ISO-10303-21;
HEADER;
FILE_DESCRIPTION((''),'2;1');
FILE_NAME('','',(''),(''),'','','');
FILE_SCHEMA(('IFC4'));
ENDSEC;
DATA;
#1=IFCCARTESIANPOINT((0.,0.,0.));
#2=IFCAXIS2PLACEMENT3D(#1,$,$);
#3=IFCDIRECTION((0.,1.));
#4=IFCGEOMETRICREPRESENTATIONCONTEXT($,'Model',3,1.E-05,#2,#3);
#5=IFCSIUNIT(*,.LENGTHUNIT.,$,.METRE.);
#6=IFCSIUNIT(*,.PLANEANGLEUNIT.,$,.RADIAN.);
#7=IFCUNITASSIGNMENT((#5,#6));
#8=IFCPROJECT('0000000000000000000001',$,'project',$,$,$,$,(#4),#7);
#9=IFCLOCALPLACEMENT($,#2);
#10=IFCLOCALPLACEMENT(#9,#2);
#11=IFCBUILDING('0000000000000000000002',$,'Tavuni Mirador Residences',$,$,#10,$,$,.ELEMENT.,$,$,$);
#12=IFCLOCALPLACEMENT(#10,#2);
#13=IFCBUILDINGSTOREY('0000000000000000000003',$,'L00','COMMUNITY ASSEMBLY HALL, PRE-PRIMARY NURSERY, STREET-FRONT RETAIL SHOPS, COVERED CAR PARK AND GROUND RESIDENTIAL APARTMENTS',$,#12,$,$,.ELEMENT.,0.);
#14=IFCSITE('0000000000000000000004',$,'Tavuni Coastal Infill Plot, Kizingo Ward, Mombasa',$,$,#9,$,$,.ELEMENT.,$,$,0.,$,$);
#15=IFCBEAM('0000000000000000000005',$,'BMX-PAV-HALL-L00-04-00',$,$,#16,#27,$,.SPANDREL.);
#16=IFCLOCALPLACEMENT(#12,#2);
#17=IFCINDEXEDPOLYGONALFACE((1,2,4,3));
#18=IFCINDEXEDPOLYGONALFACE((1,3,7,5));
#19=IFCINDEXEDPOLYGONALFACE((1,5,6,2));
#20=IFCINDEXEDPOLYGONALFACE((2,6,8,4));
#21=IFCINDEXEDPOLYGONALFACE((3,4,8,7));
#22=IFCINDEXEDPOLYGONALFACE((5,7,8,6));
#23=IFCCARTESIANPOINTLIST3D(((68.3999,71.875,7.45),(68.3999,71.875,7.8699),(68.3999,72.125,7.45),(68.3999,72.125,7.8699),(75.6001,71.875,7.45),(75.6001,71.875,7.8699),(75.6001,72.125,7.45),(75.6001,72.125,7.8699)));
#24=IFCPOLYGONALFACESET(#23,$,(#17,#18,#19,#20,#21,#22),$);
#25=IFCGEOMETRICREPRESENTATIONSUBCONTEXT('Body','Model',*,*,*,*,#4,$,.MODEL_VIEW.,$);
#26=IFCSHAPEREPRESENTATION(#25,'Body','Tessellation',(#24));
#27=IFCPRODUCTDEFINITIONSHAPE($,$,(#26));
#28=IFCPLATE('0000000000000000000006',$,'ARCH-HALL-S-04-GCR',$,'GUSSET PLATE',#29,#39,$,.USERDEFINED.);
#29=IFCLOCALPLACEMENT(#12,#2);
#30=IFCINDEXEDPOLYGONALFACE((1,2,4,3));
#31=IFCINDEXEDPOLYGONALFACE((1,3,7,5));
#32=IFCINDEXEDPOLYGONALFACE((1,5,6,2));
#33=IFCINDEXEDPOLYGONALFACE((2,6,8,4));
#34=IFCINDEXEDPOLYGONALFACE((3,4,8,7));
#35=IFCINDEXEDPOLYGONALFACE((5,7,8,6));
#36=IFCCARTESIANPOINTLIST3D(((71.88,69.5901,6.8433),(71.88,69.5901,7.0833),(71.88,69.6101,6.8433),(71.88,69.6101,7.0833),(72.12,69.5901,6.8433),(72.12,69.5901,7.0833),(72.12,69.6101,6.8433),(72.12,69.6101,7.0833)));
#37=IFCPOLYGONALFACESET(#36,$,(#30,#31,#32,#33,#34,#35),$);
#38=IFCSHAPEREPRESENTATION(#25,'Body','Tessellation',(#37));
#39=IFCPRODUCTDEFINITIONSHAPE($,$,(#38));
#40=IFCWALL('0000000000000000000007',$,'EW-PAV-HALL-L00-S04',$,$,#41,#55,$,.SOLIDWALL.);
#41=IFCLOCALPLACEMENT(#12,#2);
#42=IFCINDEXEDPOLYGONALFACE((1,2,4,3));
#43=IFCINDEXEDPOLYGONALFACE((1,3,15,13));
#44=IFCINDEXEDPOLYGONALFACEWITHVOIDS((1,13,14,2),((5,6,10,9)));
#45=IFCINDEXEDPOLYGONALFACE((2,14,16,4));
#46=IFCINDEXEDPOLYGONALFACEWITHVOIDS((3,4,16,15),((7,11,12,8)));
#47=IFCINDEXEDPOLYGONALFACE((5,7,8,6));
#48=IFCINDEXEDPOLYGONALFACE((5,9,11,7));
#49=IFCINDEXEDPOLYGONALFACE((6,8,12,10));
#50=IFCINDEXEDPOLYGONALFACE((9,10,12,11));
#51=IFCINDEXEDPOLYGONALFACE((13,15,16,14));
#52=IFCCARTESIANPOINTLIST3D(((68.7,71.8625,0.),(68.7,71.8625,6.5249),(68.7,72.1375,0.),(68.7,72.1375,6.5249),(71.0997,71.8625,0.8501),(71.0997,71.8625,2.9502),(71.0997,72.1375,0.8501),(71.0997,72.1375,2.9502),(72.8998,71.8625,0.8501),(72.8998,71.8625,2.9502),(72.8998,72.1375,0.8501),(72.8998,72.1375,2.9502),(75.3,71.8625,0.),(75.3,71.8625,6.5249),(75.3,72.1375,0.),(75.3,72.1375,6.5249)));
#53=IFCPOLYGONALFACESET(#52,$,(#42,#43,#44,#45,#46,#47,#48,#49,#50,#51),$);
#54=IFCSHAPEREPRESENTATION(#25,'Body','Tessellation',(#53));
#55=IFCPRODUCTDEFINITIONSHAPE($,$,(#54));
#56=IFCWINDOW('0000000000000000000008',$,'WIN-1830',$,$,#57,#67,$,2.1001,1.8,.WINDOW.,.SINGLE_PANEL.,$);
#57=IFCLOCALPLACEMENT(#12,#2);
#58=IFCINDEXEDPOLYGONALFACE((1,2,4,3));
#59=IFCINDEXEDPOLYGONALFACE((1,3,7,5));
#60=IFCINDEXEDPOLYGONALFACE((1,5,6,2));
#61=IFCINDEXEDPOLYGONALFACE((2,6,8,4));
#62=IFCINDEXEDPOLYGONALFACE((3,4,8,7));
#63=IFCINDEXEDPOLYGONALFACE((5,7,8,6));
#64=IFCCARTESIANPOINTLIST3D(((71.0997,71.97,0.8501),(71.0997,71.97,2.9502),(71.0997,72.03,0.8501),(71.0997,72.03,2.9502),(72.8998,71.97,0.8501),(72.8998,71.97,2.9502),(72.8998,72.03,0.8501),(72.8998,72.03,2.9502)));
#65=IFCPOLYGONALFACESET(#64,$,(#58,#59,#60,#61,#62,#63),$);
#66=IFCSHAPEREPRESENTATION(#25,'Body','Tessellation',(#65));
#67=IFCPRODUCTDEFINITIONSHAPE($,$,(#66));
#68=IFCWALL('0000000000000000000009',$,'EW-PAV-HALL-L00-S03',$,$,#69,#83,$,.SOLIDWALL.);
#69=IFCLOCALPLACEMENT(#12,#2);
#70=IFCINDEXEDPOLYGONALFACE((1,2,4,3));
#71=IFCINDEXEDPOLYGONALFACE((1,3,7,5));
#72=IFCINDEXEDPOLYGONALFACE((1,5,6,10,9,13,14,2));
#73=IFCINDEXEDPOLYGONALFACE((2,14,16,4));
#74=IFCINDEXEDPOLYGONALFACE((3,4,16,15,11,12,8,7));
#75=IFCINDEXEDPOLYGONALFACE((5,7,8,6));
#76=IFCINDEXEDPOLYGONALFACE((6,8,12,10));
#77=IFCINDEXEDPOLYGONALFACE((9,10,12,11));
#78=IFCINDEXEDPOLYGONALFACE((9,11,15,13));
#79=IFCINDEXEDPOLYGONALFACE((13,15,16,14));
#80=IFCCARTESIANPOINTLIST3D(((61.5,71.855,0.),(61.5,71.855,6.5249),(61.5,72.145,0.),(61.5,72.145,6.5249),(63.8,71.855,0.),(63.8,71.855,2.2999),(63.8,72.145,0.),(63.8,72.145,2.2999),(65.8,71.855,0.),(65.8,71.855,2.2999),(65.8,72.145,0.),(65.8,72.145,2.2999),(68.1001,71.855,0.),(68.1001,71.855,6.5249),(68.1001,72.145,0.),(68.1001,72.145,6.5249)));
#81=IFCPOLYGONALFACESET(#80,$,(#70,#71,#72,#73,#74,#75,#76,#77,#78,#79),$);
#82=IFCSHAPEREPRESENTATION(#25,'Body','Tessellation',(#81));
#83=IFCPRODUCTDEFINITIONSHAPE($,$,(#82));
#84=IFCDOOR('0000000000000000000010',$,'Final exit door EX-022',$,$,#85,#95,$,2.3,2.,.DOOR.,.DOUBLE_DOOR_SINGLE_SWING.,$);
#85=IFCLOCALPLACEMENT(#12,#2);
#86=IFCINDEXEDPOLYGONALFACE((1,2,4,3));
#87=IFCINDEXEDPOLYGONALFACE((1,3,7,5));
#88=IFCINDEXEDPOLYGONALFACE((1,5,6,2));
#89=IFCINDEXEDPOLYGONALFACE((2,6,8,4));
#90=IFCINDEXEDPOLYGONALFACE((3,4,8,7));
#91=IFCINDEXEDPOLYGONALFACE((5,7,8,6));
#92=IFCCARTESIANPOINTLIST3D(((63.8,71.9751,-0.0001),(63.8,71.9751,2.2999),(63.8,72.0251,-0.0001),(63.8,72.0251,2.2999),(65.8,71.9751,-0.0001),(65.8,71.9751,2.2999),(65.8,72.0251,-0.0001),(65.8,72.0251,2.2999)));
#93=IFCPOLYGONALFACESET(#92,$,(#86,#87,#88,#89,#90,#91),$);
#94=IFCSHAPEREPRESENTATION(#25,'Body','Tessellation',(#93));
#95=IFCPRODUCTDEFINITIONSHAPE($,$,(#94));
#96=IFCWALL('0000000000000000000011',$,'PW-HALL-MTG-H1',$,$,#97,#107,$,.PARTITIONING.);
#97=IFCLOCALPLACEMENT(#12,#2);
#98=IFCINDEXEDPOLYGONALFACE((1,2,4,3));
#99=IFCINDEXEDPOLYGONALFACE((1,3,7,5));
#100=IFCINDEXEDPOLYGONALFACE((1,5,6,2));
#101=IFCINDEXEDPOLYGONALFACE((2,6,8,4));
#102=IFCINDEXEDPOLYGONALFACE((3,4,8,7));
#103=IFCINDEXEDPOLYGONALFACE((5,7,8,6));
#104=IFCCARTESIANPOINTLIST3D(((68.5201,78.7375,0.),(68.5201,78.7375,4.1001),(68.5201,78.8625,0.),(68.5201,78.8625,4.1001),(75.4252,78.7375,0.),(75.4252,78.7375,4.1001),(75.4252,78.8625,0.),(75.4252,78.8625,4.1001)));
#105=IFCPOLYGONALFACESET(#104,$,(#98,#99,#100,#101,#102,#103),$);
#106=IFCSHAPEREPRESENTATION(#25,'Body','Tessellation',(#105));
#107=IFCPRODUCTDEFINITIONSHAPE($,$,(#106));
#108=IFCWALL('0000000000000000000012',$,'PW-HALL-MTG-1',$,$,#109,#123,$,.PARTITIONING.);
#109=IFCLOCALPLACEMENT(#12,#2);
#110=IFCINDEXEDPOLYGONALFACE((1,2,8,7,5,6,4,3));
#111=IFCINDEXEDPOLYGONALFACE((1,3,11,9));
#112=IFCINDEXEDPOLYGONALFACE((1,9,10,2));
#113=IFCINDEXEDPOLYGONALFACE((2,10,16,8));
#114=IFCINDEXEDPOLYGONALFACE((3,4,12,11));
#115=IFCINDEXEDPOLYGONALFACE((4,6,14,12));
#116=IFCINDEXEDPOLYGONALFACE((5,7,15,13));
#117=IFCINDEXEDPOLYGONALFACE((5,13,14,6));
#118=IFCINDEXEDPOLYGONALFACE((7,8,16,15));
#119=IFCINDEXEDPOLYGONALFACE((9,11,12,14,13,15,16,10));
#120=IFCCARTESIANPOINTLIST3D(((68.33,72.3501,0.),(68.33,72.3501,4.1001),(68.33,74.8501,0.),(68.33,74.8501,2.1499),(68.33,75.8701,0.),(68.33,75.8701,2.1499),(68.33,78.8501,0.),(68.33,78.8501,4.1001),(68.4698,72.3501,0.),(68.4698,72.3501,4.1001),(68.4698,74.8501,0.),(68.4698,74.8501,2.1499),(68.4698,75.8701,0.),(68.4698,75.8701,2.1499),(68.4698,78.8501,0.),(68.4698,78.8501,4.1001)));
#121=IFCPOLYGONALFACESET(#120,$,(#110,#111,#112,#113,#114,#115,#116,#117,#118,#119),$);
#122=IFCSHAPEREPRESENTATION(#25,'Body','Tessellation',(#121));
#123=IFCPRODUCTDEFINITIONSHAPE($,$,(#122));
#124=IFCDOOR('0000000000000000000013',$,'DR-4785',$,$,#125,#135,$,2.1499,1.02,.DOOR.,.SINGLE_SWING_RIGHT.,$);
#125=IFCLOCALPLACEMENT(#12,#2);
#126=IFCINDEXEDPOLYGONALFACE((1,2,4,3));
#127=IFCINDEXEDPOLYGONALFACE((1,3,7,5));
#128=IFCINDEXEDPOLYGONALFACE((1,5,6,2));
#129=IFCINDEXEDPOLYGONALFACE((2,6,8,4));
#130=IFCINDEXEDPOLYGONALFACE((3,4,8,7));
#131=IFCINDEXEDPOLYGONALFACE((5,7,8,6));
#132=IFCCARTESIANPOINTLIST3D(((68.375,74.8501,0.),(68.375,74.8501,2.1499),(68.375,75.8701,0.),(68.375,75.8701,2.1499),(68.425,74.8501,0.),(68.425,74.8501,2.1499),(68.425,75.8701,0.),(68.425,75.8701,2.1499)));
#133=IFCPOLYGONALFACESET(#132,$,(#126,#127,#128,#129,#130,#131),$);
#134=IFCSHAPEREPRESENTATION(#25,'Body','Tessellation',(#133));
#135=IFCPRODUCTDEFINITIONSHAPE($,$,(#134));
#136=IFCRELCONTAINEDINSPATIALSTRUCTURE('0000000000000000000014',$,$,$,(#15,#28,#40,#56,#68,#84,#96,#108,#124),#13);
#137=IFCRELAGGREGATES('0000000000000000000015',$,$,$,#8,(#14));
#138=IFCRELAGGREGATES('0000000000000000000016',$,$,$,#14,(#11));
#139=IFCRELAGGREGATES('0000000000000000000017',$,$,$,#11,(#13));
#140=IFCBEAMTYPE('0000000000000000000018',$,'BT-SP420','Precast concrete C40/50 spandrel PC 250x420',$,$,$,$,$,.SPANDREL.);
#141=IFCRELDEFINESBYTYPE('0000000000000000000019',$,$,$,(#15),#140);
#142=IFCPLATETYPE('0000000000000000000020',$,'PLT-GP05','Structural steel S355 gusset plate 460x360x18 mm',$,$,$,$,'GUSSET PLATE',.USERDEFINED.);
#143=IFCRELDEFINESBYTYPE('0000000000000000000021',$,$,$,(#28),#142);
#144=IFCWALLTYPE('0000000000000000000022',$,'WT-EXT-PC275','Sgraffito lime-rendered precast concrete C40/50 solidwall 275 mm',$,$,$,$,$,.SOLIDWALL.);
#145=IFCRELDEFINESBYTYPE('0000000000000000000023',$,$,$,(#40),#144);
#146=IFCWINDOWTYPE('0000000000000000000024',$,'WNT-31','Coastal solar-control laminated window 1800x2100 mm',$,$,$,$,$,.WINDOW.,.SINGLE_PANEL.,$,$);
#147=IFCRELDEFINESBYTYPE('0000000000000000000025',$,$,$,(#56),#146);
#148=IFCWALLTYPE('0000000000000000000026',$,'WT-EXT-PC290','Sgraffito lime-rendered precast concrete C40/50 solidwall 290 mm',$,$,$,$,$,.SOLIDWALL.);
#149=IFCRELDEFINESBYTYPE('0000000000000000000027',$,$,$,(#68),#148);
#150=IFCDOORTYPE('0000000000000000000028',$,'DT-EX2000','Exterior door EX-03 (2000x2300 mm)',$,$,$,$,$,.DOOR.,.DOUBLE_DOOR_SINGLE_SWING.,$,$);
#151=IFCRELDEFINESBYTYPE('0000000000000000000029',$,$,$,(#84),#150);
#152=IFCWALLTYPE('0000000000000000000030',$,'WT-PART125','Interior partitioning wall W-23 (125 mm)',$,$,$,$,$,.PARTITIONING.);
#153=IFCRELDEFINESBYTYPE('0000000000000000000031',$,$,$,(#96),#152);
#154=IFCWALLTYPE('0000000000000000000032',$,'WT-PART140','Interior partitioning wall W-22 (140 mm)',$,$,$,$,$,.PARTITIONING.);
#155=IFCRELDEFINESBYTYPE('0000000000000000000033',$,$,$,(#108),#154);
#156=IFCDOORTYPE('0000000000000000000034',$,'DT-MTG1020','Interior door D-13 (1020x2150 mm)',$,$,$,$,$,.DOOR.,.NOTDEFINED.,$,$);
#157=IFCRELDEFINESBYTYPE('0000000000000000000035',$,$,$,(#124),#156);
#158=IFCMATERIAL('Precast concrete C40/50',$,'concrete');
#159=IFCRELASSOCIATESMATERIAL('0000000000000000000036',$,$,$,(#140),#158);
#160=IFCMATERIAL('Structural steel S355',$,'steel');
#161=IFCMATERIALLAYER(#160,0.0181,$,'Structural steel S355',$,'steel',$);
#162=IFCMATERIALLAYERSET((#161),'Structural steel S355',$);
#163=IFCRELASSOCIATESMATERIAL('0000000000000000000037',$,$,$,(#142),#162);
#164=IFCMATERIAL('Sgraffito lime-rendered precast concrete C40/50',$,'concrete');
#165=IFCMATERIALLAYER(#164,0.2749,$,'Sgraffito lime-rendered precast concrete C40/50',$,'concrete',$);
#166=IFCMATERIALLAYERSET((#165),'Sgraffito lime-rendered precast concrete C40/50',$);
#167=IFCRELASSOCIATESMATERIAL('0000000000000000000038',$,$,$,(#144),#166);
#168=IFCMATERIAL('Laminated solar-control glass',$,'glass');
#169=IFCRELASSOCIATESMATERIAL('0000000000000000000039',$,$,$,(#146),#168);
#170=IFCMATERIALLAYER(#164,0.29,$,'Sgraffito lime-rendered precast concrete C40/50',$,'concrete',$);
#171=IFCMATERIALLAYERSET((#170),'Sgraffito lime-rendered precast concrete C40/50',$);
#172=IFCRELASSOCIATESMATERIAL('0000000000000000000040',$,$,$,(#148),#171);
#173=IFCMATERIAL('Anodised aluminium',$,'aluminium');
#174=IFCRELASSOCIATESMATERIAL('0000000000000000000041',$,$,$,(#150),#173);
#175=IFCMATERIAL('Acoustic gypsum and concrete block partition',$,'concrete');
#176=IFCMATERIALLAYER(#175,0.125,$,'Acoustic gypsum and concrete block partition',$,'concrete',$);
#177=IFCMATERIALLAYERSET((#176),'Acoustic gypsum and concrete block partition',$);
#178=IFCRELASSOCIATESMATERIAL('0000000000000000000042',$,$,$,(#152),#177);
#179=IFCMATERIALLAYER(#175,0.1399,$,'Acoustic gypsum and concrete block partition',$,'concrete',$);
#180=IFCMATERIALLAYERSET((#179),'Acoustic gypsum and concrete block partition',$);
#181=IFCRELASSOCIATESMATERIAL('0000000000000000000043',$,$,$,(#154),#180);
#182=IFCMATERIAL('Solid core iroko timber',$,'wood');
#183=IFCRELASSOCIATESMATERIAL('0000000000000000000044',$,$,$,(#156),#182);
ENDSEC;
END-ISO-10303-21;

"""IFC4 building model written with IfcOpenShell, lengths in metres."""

from ifc_helpers import new_model, si_unit, direction, frame, frame_2d, origin, origin_2d, place, context, subcontext, project, spatial, rectangle, extrude, material, layer, layer_set, material_profile, profile_set, type_object, element, fill, save


model = new_model("IFC4")

# Units and contexts
model_context = context("Model", 3, precision=1e-05, world=origin(), true_north=direction((0.0, 1.0)))
body_context = subcontext(model_context, "Body", "Model", "MODEL_VIEW")
ifc_project = project(units=[si_unit("LENGTHUNIT", "METRE"), si_unit("PLANEANGLEUNIT", "RADIAN")], contexts=[model_context])

# Site, building, storey
site_placement = place(None, origin())
site = spatial("IfcSite", under=ifc_project, at=site_placement, Name="Tavuni Coastal Infill Plot, Kizingo Ward, Mombasa", CompositionType="ELEMENT", RefElevation=0.0)
building_placement = place(site_placement, origin())
building = spatial("IfcBuilding", under=site, at=building_placement, Name="Tavuni Mirador Residences", CompositionType="ELEMENT")
storey_placement = place(building_placement, origin())
storey = spatial("IfcBuildingStorey", under=building, at=storey_placement, Name="L00", Description="COMMUNITY ASSEMBLY HALL, PRE-PRIMARY NURSERY, STREET-FRONT RETAIL SHOPS, COVERED CAR PARK AND GROUND RESIDENTIAL APARTMENTS", CompositionType="ELEMENT", Elevation=0.0)

# Shared definitions
ifc_material_1 = material(Name="Precast concrete C40/50", Category="concrete")
ifc_material_2 = material(Name="Structural steel S355", Category="steel")

# Beam
ifc_material_profile_1 = material_profile(ifc_material_1, rectangle(XDim=0.25, YDim=0.4199, at=origin_2d()), Name="PC 250x420", Category="concrete")
ifc_profile_set_1 = profile_set([ifc_material_profile_1], Name="Precast concrete C40/50")
beam_type_1 = type_object("IfcBeamType", Name="BT-SP420", Description="Precast concrete C40/50 spandrel PC 250x420", PredefinedType="SPANDREL", material=ifc_profile_set_1)
beam_1_placement = place(storey_placement, frame((68.3999, 72.0, 7.6599), z_axis=(1.0, 0.0, 0.0), x_axis=(0.0, 1.0, 0.0)))
element("IfcBeam", 1, at=beam_1_placement, inside=storey, type_object=beam_type_1, Name="BMX-PAV-HALL-L00-04-00", PredefinedType="SPANDREL", context=body_context, shape_type="SweptSolid", body=[
    extrude(rectangle(XDim=0.25, YDim=0.4199, at=origin_2d()), origin(), (0.0, 0.0, 1.0), 7.2002),
])

# Plate
ifc_layer_1 = layer(ifc_material_2, 0.0181, Name="Structural steel S355", Category="steel")
ifc_layer_set_1 = layer_set([ifc_layer_1], Name="Structural steel S355")
plate_type = type_object("IfcPlateType", Name="PLT-GP05", Description="Structural steel S355 gusset plate 460x360x18 mm", ElementType="GUSSET PLATE", PredefinedType="USERDEFINED", material=ifc_layer_set_1)
plate_placement = place(storey_placement, frame((72.0, 69.6001, 6.8433), z_axis=(0.0, 0.0, 1.0), x_axis=(1.0, 0.0, 0.0)))
element("IfcPlate", 2, at=plate_placement, inside=storey, type_object=plate_type, Name="ARCH-HALL-S-04-GCR", ObjectType="GUSSET PLATE", PredefinedType="USERDEFINED", context=body_context, shape_type="SweptSolid", body=[
    extrude(rectangle(XDim=0.24, YDim=0.02, at=origin_2d()), origin(), (0.0, 0.0, 1.0), 0.24),
])

# Wall, opening, window
ifc_material_3 = material(Name="Sgraffito lime-rendered precast concrete C40/50", Category="concrete")
ifc_layer_2 = layer(ifc_material_3, 0.2749, Name="Sgraffito lime-rendered precast concrete C40/50", Category="concrete")
ifc_layer_set_2 = layer_set([ifc_layer_2], Name="Sgraffito lime-rendered precast concrete C40/50")
wall_type_1 = type_object("IfcWallType", Name="WT-EXT-PC275", Description="Sgraffito lime-rendered precast concrete C40/50 solidwall 275 mm", PredefinedType="SOLIDWALL", material=ifc_layer_set_2)
wall_1_placement = place(storey_placement, frame((68.7, 72.0, 0.0), z_axis=(0.0, 0.0, 1.0), x_axis=(1.0, 0.0, 0.0)))
wall_1 = element("IfcWall", 3, at=wall_1_placement, inside=storey, type_object=wall_type_1, Name="EW-PAV-HALL-L00-S04", PredefinedType="SOLIDWALL", context=body_context, shape_type="SweptSolid", body=[
    extrude(rectangle(XDim=6.6001, YDim=0.2749, at=frame_2d((3.3, 0.0))), origin(), (0.0, 0.0, 1.0), 6.5249),
])
opening_1_placement = place(wall_1_placement, frame((2.3999, 0.0, 0.8501)))
opening_1 = element("IfcOpeningElement", 4, at=opening_1_placement, cuts=wall_1, PredefinedType="OPENING", context=body_context, shape_type="SweptSolid", body=[
    extrude(rectangle(XDim=1.8, YDim=2.1001, at=frame_2d((0.8999, 1.05))), frame((0.0, 0.1475, 0.0), z_axis=(0.0, -1.0, 0.0), x_axis=(1.0, 0.0, 0.0)), (0.0, 0.0, 1.0), 0.2949),
])
ifc_material_4 = material(Name="Laminated solar-control glass", Category="glass")
window_type = type_object("IfcWindowType", Name="WNT-31", Description="Coastal solar-control laminated window 1800x2100 mm", PartitioningType="SINGLE_PANEL", PredefinedType="WINDOW", material=ifc_material_4)
window_placement = place(opening_1_placement, origin())
window = element("IfcWindow", 5, at=window_placement, inside=storey, type_object=window_type, Name="WIN-1830", OverallHeight=2.1001, OverallWidth=1.8, PartitioningType="SINGLE_PANEL", PredefinedType="WINDOW", context=body_context, shape_type="SweptSolid", body=[
    extrude(rectangle(XDim=1.8, YDim=2.1001, at=frame_2d((0.8999, 1.05))), frame((0.0, 0.03, 0.0), z_axis=(0.0, -1.0, 0.0), x_axis=(1.0, 0.0, 0.0)), (0.0, 0.0, 1.0), 0.0601),
])
fill(opening_1, window)

# Wall, opening, door
ifc_layer_3 = layer(ifc_material_3, 0.29, Name="Sgraffito lime-rendered precast concrete C40/50", Category="concrete")
ifc_layer_set_3 = layer_set([ifc_layer_3], Name="Sgraffito lime-rendered precast concrete C40/50")
wall_type_2 = type_object("IfcWallType", Name="WT-EXT-PC290", Description="Sgraffito lime-rendered precast concrete C40/50 solidwall 290 mm", PredefinedType="SOLIDWALL", material=ifc_layer_set_3)
wall_2_placement = place(storey_placement, frame((61.5, 72.0, 0.0), z_axis=(0.0, 0.0, 1.0), x_axis=(1.0, 0.0, 0.0)))
wall_2 = element("IfcWall", 6, at=wall_2_placement, inside=storey, type_object=wall_type_2, Name="EW-PAV-HALL-L00-S03", PredefinedType="SOLIDWALL", context=body_context, shape_type="SweptSolid", body=[
    extrude(rectangle(XDim=6.6001, YDim=0.29, at=frame_2d((3.3, 0.0))), origin(), (0.0, 0.0, 1.0), 6.5249),
])
opening_2_placement = place(wall_2_placement, frame((2.3, 0.0, 0.0)))
opening_2 = element("IfcOpeningElement", 7, at=opening_2_placement, cuts=wall_2, PredefinedType="OPENING", context=body_context, shape_type="SweptSolid", body=[
    extrude(rectangle(XDim=2.0, YDim=2.3, at=frame_2d((1.0, 1.1499))), frame((0.0, 0.155, 0.0), z_axis=(0.0, -1.0, 0.0), x_axis=(1.0, 0.0, 0.0)), (0.0, 0.0, 1.0), 0.3101),
])
ifc_material_5 = material(Name="Anodised aluminium", Category="aluminium")
door_type_1 = type_object("IfcDoorType", Name="DT-EX2000", Description="Exterior door EX-03 (2000x2300 mm)", OperationType="DOUBLE_DOOR_SINGLE_SWING", PredefinedType="DOOR", material=ifc_material_5)
door_1_placement = place(opening_2_placement, frame((2.0, 0.0, 0.0), z_axis=(0.0, 0.0, 1.0), x_axis=(-1.0, 0.0, 0.0)))
door_1 = element("IfcDoor", 8, at=door_1_placement, inside=storey, type_object=door_type_1, Name="Final exit door EX-022", OperationType="DOUBLE_DOOR_SINGLE_SWING", OverallHeight=2.3, OverallWidth=2.0, PredefinedType="DOOR", context=body_context, shape_type="SweptSolid", body=[
    extrude(rectangle(XDim=2.0, YDim=2.3, at=frame_2d((1.0, 1.1499))), frame((0.0, 0.0249, 0.0), z_axis=(0.0, -1.0, 0.0), x_axis=(1.0, 0.0, 0.0)), (0.0, 0.0, 1.0), 0.05),
])
fill(opening_2, door_1)

# Wall
ifc_material_6 = material(Name="Acoustic gypsum and concrete block partition", Category="concrete")
ifc_layer_4 = layer(ifc_material_6, 0.125, Name="Acoustic gypsum and concrete block partition", Category="concrete")
ifc_layer_set_4 = layer_set([ifc_layer_4], Name="Acoustic gypsum and concrete block partition")
wall_type_3 = type_object("IfcWallType", Name="WT-PART125", Description="Interior partitioning wall W-23 (125 mm)", PredefinedType="PARTITIONING", material=ifc_layer_set_4)
wall_3_placement = place(storey_placement, frame((68.52, 78.8, 0.0), z_axis=(0.0, 0.0, 1.0), x_axis=(1.0, 0.0, 0.0)))
element("IfcWall", 9, at=wall_3_placement, inside=storey, type_object=wall_type_3, Name="PW-HALL-MTG-H1", PredefinedType="PARTITIONING", context=body_context, shape_type="SweptSolid", body=[
    extrude(rectangle(XDim=6.905, YDim=0.125, at=frame_2d((3.4526, 0.0))), origin(), (0.0, 0.0, 1.0), 4.1001),
])

# Wall, opening, door
ifc_layer_5 = layer(ifc_material_6, 0.1399, Name="Acoustic gypsum and concrete block partition", Category="concrete")
ifc_layer_set_5 = layer_set([ifc_layer_5], Name="Acoustic gypsum and concrete block partition")
wall_type_4 = type_object("IfcWallType", Name="WT-PART140", Description="Interior partitioning wall W-22 (140 mm)", PredefinedType="PARTITIONING", material=ifc_layer_set_5)
wall_4_placement = place(storey_placement, frame((68.3999, 72.3501, 0.0), z_axis=(0.0, 0.0, 1.0), x_axis=(0.0, 1.0, 0.0)))
wall_4 = element("IfcWall", 10, at=wall_4_placement, inside=storey, type_object=wall_type_4, Name="PW-HALL-MTG-1", PredefinedType="PARTITIONING", context=body_context, shape_type="SweptSolid", body=[
    extrude(rectangle(XDim=6.5, YDim=0.1399, at=frame_2d((3.25, 0.0))), origin(), (0.0, 0.0, 1.0), 4.1001),
])
opening_3_placement = place(wall_4_placement, frame((2.5, 0.0, 0.0)))
opening_3 = element("IfcOpeningElement", 11, at=opening_3_placement, cuts=wall_4, PredefinedType="OPENING", context=body_context, shape_type="SweptSolid", body=[
    extrude(rectangle(XDim=1.02, YDim=2.1499, at=frame_2d((0.51, 1.075))), frame((0.0, 0.0801, 0.0), z_axis=(0.0, -1.0, 0.0), x_axis=(1.0, 0.0, 0.0)), (0.0, 0.0, 1.0), 0.1599),
])
ifc_material_7 = material(Name="Solid core iroko timber", Category="wood")
door_type_2 = type_object("IfcDoorType", Name="DT-MTG1020", Description="Interior door D-13 (1020x2150 mm)", OperationType="NOTDEFINED", PredefinedType="DOOR", material=ifc_material_7)
door_2_placement = place(opening_3_placement, origin())
door_2 = element("IfcDoor", 12, at=door_2_placement, inside=storey, type_object=door_type_2, Name="DR-4785", OperationType="SINGLE_SWING_RIGHT", OverallHeight=2.1499, OverallWidth=1.02, PredefinedType="DOOR", context=body_context, shape_type="SweptSolid", body=[
    extrude(rectangle(XDim=1.02, YDim=2.1499, at=frame_2d((0.51, 1.075))), frame((0.0, 0.0249, 0.0), z_axis=(0.0, -1.0, 0.0), x_axis=(1.0, 0.0, 0.0)), (0.0, 0.0, 1.0), 0.05),
])
fill(opening_3, door_2)

save(model, "model.ifc")
